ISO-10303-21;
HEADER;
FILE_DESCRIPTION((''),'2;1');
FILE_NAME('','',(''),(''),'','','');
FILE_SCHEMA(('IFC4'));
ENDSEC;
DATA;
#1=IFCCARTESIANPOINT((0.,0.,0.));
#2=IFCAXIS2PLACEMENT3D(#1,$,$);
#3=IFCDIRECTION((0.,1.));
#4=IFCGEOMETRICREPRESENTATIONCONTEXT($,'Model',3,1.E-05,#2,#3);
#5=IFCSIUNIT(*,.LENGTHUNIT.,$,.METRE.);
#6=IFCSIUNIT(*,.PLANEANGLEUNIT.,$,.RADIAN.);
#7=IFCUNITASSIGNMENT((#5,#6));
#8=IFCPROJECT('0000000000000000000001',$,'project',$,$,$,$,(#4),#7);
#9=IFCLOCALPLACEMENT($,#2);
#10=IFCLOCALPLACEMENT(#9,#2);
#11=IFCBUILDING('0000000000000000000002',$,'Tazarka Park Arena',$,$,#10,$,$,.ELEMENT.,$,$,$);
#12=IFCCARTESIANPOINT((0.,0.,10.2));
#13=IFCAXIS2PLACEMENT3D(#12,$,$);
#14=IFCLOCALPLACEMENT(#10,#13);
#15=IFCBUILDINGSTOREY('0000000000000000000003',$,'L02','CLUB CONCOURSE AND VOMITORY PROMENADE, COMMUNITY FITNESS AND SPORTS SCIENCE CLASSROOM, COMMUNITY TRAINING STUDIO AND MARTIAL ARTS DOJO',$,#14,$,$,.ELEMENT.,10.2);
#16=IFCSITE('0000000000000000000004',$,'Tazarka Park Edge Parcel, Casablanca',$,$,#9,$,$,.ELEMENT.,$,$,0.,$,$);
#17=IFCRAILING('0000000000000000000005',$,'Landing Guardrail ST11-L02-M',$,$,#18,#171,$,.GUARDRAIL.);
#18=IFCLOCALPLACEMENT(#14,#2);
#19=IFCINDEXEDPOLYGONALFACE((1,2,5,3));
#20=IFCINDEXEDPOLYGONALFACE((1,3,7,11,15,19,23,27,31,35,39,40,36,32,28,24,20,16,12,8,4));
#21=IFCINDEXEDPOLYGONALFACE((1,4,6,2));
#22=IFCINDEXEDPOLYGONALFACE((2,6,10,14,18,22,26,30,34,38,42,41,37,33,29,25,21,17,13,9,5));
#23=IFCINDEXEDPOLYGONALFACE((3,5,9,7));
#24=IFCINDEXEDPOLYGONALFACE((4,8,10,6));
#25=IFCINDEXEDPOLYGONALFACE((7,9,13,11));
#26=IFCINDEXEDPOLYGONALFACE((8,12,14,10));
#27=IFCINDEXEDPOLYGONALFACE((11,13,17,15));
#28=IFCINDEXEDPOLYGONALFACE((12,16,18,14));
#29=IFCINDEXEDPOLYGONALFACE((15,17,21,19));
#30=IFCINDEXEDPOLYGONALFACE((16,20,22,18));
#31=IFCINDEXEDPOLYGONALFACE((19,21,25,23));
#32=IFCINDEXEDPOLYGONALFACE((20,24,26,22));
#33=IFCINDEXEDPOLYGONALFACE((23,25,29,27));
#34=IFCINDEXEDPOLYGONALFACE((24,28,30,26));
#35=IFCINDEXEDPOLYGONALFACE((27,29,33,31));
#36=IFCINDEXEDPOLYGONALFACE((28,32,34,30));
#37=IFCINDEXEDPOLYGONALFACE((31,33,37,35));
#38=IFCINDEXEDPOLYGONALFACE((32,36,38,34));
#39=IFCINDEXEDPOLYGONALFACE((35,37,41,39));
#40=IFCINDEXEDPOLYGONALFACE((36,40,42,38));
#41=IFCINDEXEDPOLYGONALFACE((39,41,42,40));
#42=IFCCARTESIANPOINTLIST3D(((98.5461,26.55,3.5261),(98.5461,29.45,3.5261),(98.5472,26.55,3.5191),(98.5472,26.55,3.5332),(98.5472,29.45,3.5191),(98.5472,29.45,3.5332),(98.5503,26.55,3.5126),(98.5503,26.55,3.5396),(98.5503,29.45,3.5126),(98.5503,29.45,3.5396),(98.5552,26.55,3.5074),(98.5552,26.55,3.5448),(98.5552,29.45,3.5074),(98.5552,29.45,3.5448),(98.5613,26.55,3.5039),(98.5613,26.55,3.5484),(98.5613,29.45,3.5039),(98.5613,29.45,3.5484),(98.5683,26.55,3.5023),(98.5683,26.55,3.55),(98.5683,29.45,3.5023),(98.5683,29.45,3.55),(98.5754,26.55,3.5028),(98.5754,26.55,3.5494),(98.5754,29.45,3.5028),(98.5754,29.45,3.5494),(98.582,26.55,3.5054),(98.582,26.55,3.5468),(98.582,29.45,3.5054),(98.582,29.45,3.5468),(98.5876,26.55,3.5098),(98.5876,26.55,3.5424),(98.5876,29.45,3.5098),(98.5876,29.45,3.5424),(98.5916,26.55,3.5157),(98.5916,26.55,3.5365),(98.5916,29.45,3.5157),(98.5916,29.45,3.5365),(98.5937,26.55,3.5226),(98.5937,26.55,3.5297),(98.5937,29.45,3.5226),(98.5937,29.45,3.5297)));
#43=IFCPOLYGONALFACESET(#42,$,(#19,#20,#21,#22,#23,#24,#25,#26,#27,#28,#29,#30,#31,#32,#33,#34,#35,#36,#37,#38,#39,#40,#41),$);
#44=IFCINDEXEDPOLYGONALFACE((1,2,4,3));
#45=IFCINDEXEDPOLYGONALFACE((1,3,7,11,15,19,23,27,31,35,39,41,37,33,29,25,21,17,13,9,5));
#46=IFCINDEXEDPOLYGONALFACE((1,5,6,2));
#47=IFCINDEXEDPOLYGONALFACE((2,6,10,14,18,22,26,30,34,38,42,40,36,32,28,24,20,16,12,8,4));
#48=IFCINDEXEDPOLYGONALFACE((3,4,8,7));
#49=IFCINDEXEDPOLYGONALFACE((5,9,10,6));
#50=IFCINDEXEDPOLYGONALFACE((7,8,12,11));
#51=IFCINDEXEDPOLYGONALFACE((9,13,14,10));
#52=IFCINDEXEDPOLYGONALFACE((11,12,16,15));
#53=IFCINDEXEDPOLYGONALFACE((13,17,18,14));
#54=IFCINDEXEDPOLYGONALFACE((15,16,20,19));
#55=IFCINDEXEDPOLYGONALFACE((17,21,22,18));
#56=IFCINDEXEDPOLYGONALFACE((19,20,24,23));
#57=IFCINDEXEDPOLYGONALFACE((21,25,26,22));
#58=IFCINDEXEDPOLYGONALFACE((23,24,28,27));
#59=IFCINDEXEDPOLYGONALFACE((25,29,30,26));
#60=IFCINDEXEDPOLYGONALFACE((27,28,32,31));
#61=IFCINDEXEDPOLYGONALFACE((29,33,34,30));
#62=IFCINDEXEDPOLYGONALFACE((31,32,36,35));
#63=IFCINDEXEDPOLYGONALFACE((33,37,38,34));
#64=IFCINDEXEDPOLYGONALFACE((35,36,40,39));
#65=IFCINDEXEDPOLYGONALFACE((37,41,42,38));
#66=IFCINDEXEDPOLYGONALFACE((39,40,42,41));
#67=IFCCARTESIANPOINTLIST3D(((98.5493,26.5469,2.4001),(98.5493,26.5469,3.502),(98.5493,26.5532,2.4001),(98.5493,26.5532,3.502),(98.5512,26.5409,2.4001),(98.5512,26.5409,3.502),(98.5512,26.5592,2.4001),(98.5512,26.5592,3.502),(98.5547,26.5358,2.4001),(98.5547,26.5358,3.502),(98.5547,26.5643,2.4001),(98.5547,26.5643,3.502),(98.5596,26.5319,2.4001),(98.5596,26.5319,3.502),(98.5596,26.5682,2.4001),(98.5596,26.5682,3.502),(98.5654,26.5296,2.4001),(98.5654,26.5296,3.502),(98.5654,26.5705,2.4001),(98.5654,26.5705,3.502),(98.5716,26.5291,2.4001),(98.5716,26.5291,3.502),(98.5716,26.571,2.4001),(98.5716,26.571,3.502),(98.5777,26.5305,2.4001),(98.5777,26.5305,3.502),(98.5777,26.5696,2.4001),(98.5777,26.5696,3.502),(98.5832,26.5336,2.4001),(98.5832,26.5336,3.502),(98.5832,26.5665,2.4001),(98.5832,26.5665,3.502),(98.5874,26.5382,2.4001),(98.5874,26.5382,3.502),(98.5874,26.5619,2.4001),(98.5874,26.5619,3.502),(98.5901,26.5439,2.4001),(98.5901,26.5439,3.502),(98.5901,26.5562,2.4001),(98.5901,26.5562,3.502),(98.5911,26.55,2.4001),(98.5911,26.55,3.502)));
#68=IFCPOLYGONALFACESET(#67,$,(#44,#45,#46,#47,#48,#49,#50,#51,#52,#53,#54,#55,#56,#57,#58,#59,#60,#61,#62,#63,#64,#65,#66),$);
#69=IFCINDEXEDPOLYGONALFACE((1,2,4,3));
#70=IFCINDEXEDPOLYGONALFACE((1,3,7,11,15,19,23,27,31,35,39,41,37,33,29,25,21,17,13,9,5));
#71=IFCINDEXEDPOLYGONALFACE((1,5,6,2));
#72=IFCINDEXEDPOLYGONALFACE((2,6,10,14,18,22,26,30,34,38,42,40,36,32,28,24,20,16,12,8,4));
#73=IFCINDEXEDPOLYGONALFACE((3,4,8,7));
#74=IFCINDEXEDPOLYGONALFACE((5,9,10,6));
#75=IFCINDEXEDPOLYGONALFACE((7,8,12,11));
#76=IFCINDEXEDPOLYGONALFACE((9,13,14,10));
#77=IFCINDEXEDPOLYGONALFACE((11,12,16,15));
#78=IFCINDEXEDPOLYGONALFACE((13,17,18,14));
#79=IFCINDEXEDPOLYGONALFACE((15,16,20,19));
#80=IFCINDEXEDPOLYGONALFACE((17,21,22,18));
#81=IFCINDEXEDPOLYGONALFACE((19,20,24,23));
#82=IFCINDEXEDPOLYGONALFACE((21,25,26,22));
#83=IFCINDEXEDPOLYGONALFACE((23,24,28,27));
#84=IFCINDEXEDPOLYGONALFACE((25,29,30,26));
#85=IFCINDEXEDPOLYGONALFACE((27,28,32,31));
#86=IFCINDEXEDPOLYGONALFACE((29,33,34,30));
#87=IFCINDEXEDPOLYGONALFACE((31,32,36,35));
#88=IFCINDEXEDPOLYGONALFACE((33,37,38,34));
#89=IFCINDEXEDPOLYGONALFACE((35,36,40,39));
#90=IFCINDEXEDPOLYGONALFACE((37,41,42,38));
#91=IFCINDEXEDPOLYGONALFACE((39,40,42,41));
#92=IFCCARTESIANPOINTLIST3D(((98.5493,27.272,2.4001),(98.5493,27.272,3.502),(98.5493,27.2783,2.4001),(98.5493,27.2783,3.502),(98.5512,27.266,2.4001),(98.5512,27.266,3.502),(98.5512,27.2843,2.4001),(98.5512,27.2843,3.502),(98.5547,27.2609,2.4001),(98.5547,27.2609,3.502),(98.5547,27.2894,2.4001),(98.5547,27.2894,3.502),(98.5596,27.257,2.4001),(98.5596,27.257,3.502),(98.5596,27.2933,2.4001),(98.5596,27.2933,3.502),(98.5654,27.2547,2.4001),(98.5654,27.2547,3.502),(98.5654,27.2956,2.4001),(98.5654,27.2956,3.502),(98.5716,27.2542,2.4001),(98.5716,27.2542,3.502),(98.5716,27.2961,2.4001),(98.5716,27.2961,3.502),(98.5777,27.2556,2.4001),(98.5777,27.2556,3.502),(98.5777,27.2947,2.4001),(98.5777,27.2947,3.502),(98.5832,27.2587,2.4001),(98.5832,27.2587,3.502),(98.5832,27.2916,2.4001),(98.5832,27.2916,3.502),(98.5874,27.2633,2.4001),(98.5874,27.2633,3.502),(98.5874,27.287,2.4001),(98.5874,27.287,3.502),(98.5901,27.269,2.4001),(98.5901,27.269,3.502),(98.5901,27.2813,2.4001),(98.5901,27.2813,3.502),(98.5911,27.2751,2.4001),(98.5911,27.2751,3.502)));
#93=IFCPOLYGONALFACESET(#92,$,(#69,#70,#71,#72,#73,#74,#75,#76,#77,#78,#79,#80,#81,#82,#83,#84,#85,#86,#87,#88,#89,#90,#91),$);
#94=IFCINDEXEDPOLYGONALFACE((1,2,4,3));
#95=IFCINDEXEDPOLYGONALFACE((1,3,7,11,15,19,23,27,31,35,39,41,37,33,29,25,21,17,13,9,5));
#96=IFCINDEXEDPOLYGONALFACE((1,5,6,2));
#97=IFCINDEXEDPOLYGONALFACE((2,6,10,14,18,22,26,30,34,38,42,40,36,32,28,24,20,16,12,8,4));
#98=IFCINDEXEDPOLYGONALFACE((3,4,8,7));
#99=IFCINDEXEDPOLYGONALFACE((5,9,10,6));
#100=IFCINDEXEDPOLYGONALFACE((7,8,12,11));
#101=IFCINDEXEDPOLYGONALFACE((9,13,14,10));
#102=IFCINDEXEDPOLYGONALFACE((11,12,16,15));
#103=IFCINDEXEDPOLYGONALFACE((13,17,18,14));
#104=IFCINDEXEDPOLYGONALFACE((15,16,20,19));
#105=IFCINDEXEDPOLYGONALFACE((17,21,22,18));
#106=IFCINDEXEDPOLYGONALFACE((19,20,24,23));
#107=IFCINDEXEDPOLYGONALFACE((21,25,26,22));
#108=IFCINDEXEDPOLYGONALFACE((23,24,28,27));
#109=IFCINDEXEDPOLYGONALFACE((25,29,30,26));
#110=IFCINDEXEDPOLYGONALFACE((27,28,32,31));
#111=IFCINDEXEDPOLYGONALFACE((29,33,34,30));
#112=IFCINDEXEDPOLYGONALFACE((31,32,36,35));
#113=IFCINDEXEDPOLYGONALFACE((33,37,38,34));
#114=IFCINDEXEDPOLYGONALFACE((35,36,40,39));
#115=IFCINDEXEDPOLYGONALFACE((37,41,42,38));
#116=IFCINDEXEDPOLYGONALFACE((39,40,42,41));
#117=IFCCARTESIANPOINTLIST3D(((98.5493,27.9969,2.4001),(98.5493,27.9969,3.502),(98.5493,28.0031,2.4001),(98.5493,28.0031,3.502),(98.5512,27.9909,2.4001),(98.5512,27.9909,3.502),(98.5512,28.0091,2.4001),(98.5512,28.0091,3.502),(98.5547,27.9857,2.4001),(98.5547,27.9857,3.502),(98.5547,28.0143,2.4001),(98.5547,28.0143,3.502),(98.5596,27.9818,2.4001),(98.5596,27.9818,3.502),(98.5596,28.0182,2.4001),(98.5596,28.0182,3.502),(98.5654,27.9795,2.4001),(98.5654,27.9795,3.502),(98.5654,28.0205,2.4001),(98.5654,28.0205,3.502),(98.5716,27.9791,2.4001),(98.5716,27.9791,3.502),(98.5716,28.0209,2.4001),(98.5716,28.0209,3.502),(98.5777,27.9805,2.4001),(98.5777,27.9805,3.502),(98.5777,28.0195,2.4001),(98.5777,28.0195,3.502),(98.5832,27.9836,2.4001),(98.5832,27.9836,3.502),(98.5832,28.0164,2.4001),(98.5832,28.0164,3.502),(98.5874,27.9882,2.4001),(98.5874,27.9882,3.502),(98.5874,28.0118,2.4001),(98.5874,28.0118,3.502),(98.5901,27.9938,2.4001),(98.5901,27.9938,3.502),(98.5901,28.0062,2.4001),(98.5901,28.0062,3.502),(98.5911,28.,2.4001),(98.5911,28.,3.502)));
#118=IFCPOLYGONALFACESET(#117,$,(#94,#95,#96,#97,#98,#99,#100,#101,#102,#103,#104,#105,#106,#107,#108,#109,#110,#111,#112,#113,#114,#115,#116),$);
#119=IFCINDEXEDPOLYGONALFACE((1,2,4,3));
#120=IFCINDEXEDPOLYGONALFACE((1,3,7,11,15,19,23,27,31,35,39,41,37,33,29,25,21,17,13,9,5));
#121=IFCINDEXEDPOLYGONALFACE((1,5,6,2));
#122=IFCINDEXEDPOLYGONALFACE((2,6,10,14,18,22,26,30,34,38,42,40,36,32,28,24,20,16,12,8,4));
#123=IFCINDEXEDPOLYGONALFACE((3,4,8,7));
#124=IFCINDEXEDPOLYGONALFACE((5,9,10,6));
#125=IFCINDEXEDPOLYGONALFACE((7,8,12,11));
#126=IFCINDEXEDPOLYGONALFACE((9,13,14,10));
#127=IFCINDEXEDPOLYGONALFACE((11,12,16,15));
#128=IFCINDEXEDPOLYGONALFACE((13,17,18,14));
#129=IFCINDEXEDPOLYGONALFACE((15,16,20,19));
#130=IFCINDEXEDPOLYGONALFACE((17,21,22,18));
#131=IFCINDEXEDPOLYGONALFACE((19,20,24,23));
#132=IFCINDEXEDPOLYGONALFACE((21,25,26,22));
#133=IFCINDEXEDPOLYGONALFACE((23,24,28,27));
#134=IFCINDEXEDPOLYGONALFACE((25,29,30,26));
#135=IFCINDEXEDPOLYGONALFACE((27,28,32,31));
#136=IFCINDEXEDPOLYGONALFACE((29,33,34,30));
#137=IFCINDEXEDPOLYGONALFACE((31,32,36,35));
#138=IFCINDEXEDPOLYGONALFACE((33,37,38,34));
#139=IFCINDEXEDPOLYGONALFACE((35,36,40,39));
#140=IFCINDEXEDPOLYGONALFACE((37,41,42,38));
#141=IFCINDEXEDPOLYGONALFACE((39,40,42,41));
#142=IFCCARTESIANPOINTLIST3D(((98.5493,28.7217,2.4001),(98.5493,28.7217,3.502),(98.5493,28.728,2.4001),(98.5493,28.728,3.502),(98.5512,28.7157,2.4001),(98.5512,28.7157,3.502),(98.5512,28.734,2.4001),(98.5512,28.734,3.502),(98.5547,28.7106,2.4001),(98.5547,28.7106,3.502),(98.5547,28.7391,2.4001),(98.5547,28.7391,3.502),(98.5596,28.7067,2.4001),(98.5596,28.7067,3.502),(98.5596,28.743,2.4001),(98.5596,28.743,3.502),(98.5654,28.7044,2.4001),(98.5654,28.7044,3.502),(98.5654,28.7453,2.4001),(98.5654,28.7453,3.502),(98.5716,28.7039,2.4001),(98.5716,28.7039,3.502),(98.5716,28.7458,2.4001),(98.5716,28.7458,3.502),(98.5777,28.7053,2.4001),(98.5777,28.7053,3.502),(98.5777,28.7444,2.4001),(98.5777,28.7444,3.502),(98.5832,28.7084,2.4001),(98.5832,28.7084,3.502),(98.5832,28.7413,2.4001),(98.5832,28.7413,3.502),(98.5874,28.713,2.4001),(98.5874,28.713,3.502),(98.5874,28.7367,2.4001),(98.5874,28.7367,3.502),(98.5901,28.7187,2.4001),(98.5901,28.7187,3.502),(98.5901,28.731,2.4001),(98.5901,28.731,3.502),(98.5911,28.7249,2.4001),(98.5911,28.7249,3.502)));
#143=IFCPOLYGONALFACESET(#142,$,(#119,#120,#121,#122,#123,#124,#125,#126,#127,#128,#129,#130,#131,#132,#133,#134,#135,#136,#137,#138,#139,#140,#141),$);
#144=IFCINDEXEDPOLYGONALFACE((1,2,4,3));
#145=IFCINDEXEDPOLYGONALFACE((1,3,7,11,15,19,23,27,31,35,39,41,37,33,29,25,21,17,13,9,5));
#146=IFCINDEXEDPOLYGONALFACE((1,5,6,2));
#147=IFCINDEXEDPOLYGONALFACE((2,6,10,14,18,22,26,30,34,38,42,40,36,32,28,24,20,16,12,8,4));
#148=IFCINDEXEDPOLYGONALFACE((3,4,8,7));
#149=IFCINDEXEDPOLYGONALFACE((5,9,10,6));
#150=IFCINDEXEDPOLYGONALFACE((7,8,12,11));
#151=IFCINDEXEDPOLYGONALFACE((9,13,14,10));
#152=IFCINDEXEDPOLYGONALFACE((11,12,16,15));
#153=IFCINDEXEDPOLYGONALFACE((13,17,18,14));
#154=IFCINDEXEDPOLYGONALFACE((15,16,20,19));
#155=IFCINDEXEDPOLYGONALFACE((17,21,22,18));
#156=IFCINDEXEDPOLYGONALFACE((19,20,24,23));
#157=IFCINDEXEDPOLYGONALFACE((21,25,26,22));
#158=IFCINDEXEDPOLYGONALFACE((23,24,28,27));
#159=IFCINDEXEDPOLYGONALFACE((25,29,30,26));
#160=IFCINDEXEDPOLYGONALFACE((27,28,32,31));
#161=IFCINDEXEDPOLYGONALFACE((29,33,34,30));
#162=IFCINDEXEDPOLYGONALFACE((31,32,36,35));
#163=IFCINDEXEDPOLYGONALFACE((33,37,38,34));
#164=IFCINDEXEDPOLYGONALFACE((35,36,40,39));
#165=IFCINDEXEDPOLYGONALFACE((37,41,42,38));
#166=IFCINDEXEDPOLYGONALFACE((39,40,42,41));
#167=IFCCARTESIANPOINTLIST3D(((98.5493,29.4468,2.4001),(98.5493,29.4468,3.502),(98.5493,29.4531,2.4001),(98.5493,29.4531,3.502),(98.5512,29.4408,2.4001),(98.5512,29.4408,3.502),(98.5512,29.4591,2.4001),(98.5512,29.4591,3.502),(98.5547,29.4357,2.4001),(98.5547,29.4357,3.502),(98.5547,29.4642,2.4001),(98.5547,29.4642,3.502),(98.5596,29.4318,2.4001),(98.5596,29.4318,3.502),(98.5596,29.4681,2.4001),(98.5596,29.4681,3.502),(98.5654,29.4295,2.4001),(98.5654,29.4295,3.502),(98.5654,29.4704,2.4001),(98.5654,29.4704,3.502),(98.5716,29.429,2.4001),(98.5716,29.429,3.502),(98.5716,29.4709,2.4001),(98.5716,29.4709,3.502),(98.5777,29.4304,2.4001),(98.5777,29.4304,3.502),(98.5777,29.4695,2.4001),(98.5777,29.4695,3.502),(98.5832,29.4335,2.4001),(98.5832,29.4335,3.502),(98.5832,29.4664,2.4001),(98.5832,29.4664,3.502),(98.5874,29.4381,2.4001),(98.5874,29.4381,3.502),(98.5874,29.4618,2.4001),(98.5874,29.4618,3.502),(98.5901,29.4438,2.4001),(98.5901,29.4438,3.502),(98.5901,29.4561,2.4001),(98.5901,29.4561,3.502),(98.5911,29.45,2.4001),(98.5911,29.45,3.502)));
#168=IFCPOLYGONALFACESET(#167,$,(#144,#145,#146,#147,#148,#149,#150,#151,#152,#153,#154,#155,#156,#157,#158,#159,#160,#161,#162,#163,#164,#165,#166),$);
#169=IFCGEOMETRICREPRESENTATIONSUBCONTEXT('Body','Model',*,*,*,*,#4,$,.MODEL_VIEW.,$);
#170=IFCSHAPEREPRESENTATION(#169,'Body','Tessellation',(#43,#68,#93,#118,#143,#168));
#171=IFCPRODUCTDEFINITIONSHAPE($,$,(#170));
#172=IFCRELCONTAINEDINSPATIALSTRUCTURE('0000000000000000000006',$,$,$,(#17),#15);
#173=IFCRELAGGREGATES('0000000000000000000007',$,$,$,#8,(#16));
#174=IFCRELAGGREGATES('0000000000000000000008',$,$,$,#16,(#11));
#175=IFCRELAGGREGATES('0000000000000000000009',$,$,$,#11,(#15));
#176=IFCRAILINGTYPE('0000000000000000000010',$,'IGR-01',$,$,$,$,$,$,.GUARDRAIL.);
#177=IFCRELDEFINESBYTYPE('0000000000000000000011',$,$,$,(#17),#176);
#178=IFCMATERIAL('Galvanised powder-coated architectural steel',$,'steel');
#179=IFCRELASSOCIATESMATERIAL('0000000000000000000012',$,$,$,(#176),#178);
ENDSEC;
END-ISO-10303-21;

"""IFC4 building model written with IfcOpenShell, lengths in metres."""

from ifc_helpers import new_model, si_unit, direction, frame, origin, origin_2d, place, context, subcontext, project, spatial, circle, extrude, material, type_object, element, save


model = new_model("IFC4")

# Units and contexts
model_context = context("Model", 3, precision=1e-05, world=origin(), true_north=direction((0.0, 1.0)))
body_context = subcontext(model_context, "Body", "Model", "MODEL_VIEW")
ifc_project = project(units=[si_unit("LENGTHUNIT", "METRE"), si_unit("PLANEANGLEUNIT", "RADIAN")], contexts=[model_context])

# Site, building, storey
site_placement = place(None, origin())
site = spatial("IfcSite", under=ifc_project, at=site_placement, Name="Tazarka Park Edge Parcel, Casablanca", CompositionType="ELEMENT", RefElevation=0.0)
building_placement = place(site_placement, origin())
building = spatial("IfcBuilding", under=site, at=building_placement, Name="Tazarka Park Arena", CompositionType="ELEMENT")
storey_placement = place(building_placement, frame((0.0, 0.0, 10.2)))
storey = spatial("IfcBuildingStorey", under=building, at=storey_placement, Name="L02", Description="CLUB CONCOURSE AND VOMITORY PROMENADE, COMMUNITY FITNESS AND SPORTS SCIENCE CLASSROOM, COMMUNITY TRAINING STUDIO AND MARTIAL ARTS DOJO", CompositionType="ELEMENT", Elevation=10.2)

# Railing
ifc_material_1 = material(Name="Galvanised powder-coated architectural steel", Category="steel")
railing_type_1 = type_object("IfcRailingType", Name="IGR-01", PredefinedType="GUARDRAIL", material=ifc_material_1)
for number, where, name in (
    (1, (98.5701, 26.55, 2.4001), "Landing Guardrail ST11-L02-M"),
):
    element("IfcRailing", number, at=place(storey_placement, frame(where)), inside=storey, type_object=railing_type_1, Name=name, PredefinedType="GUARDRAIL", context=body_context, shape_type="SweptSolid", body=[
        extrude(circle(Radius=0.0239, at=origin_2d()), frame((0.0, 0.0, 1.126), z_axis=(0.0, 1.0, 0.0), x_axis=(-1.0, 0.0, 0.0)), (0.0, 0.0, 1.0), 2.8999),
        extrude(circle(Radius=0.021, at=origin_2d()), origin(), (0.0, 0.0, 1.0), 1.1018),
        extrude(circle(Radius=0.021, at=origin_2d()), frame((0.0, 0.7251, 0.0)), (0.0, 0.0, 1.0), 1.1018),
        extrude(circle(Radius=0.021, at=origin_2d()), frame((0.0, 1.45, 0.0)), (0.0, 0.0, 1.0), 1.1018),
        extrude(circle(Radius=0.021, at=origin_2d()), frame((0.0, 2.1748, 0.0)), (0.0, 0.0, 1.0), 1.1018),
        extrude(circle(Radius=0.021, at=origin_2d()), frame((0.0, 2.8999, 0.0)), (0.0, 0.0, 1.0), 1.1018),
    ])

save(model, "model.ifc")
